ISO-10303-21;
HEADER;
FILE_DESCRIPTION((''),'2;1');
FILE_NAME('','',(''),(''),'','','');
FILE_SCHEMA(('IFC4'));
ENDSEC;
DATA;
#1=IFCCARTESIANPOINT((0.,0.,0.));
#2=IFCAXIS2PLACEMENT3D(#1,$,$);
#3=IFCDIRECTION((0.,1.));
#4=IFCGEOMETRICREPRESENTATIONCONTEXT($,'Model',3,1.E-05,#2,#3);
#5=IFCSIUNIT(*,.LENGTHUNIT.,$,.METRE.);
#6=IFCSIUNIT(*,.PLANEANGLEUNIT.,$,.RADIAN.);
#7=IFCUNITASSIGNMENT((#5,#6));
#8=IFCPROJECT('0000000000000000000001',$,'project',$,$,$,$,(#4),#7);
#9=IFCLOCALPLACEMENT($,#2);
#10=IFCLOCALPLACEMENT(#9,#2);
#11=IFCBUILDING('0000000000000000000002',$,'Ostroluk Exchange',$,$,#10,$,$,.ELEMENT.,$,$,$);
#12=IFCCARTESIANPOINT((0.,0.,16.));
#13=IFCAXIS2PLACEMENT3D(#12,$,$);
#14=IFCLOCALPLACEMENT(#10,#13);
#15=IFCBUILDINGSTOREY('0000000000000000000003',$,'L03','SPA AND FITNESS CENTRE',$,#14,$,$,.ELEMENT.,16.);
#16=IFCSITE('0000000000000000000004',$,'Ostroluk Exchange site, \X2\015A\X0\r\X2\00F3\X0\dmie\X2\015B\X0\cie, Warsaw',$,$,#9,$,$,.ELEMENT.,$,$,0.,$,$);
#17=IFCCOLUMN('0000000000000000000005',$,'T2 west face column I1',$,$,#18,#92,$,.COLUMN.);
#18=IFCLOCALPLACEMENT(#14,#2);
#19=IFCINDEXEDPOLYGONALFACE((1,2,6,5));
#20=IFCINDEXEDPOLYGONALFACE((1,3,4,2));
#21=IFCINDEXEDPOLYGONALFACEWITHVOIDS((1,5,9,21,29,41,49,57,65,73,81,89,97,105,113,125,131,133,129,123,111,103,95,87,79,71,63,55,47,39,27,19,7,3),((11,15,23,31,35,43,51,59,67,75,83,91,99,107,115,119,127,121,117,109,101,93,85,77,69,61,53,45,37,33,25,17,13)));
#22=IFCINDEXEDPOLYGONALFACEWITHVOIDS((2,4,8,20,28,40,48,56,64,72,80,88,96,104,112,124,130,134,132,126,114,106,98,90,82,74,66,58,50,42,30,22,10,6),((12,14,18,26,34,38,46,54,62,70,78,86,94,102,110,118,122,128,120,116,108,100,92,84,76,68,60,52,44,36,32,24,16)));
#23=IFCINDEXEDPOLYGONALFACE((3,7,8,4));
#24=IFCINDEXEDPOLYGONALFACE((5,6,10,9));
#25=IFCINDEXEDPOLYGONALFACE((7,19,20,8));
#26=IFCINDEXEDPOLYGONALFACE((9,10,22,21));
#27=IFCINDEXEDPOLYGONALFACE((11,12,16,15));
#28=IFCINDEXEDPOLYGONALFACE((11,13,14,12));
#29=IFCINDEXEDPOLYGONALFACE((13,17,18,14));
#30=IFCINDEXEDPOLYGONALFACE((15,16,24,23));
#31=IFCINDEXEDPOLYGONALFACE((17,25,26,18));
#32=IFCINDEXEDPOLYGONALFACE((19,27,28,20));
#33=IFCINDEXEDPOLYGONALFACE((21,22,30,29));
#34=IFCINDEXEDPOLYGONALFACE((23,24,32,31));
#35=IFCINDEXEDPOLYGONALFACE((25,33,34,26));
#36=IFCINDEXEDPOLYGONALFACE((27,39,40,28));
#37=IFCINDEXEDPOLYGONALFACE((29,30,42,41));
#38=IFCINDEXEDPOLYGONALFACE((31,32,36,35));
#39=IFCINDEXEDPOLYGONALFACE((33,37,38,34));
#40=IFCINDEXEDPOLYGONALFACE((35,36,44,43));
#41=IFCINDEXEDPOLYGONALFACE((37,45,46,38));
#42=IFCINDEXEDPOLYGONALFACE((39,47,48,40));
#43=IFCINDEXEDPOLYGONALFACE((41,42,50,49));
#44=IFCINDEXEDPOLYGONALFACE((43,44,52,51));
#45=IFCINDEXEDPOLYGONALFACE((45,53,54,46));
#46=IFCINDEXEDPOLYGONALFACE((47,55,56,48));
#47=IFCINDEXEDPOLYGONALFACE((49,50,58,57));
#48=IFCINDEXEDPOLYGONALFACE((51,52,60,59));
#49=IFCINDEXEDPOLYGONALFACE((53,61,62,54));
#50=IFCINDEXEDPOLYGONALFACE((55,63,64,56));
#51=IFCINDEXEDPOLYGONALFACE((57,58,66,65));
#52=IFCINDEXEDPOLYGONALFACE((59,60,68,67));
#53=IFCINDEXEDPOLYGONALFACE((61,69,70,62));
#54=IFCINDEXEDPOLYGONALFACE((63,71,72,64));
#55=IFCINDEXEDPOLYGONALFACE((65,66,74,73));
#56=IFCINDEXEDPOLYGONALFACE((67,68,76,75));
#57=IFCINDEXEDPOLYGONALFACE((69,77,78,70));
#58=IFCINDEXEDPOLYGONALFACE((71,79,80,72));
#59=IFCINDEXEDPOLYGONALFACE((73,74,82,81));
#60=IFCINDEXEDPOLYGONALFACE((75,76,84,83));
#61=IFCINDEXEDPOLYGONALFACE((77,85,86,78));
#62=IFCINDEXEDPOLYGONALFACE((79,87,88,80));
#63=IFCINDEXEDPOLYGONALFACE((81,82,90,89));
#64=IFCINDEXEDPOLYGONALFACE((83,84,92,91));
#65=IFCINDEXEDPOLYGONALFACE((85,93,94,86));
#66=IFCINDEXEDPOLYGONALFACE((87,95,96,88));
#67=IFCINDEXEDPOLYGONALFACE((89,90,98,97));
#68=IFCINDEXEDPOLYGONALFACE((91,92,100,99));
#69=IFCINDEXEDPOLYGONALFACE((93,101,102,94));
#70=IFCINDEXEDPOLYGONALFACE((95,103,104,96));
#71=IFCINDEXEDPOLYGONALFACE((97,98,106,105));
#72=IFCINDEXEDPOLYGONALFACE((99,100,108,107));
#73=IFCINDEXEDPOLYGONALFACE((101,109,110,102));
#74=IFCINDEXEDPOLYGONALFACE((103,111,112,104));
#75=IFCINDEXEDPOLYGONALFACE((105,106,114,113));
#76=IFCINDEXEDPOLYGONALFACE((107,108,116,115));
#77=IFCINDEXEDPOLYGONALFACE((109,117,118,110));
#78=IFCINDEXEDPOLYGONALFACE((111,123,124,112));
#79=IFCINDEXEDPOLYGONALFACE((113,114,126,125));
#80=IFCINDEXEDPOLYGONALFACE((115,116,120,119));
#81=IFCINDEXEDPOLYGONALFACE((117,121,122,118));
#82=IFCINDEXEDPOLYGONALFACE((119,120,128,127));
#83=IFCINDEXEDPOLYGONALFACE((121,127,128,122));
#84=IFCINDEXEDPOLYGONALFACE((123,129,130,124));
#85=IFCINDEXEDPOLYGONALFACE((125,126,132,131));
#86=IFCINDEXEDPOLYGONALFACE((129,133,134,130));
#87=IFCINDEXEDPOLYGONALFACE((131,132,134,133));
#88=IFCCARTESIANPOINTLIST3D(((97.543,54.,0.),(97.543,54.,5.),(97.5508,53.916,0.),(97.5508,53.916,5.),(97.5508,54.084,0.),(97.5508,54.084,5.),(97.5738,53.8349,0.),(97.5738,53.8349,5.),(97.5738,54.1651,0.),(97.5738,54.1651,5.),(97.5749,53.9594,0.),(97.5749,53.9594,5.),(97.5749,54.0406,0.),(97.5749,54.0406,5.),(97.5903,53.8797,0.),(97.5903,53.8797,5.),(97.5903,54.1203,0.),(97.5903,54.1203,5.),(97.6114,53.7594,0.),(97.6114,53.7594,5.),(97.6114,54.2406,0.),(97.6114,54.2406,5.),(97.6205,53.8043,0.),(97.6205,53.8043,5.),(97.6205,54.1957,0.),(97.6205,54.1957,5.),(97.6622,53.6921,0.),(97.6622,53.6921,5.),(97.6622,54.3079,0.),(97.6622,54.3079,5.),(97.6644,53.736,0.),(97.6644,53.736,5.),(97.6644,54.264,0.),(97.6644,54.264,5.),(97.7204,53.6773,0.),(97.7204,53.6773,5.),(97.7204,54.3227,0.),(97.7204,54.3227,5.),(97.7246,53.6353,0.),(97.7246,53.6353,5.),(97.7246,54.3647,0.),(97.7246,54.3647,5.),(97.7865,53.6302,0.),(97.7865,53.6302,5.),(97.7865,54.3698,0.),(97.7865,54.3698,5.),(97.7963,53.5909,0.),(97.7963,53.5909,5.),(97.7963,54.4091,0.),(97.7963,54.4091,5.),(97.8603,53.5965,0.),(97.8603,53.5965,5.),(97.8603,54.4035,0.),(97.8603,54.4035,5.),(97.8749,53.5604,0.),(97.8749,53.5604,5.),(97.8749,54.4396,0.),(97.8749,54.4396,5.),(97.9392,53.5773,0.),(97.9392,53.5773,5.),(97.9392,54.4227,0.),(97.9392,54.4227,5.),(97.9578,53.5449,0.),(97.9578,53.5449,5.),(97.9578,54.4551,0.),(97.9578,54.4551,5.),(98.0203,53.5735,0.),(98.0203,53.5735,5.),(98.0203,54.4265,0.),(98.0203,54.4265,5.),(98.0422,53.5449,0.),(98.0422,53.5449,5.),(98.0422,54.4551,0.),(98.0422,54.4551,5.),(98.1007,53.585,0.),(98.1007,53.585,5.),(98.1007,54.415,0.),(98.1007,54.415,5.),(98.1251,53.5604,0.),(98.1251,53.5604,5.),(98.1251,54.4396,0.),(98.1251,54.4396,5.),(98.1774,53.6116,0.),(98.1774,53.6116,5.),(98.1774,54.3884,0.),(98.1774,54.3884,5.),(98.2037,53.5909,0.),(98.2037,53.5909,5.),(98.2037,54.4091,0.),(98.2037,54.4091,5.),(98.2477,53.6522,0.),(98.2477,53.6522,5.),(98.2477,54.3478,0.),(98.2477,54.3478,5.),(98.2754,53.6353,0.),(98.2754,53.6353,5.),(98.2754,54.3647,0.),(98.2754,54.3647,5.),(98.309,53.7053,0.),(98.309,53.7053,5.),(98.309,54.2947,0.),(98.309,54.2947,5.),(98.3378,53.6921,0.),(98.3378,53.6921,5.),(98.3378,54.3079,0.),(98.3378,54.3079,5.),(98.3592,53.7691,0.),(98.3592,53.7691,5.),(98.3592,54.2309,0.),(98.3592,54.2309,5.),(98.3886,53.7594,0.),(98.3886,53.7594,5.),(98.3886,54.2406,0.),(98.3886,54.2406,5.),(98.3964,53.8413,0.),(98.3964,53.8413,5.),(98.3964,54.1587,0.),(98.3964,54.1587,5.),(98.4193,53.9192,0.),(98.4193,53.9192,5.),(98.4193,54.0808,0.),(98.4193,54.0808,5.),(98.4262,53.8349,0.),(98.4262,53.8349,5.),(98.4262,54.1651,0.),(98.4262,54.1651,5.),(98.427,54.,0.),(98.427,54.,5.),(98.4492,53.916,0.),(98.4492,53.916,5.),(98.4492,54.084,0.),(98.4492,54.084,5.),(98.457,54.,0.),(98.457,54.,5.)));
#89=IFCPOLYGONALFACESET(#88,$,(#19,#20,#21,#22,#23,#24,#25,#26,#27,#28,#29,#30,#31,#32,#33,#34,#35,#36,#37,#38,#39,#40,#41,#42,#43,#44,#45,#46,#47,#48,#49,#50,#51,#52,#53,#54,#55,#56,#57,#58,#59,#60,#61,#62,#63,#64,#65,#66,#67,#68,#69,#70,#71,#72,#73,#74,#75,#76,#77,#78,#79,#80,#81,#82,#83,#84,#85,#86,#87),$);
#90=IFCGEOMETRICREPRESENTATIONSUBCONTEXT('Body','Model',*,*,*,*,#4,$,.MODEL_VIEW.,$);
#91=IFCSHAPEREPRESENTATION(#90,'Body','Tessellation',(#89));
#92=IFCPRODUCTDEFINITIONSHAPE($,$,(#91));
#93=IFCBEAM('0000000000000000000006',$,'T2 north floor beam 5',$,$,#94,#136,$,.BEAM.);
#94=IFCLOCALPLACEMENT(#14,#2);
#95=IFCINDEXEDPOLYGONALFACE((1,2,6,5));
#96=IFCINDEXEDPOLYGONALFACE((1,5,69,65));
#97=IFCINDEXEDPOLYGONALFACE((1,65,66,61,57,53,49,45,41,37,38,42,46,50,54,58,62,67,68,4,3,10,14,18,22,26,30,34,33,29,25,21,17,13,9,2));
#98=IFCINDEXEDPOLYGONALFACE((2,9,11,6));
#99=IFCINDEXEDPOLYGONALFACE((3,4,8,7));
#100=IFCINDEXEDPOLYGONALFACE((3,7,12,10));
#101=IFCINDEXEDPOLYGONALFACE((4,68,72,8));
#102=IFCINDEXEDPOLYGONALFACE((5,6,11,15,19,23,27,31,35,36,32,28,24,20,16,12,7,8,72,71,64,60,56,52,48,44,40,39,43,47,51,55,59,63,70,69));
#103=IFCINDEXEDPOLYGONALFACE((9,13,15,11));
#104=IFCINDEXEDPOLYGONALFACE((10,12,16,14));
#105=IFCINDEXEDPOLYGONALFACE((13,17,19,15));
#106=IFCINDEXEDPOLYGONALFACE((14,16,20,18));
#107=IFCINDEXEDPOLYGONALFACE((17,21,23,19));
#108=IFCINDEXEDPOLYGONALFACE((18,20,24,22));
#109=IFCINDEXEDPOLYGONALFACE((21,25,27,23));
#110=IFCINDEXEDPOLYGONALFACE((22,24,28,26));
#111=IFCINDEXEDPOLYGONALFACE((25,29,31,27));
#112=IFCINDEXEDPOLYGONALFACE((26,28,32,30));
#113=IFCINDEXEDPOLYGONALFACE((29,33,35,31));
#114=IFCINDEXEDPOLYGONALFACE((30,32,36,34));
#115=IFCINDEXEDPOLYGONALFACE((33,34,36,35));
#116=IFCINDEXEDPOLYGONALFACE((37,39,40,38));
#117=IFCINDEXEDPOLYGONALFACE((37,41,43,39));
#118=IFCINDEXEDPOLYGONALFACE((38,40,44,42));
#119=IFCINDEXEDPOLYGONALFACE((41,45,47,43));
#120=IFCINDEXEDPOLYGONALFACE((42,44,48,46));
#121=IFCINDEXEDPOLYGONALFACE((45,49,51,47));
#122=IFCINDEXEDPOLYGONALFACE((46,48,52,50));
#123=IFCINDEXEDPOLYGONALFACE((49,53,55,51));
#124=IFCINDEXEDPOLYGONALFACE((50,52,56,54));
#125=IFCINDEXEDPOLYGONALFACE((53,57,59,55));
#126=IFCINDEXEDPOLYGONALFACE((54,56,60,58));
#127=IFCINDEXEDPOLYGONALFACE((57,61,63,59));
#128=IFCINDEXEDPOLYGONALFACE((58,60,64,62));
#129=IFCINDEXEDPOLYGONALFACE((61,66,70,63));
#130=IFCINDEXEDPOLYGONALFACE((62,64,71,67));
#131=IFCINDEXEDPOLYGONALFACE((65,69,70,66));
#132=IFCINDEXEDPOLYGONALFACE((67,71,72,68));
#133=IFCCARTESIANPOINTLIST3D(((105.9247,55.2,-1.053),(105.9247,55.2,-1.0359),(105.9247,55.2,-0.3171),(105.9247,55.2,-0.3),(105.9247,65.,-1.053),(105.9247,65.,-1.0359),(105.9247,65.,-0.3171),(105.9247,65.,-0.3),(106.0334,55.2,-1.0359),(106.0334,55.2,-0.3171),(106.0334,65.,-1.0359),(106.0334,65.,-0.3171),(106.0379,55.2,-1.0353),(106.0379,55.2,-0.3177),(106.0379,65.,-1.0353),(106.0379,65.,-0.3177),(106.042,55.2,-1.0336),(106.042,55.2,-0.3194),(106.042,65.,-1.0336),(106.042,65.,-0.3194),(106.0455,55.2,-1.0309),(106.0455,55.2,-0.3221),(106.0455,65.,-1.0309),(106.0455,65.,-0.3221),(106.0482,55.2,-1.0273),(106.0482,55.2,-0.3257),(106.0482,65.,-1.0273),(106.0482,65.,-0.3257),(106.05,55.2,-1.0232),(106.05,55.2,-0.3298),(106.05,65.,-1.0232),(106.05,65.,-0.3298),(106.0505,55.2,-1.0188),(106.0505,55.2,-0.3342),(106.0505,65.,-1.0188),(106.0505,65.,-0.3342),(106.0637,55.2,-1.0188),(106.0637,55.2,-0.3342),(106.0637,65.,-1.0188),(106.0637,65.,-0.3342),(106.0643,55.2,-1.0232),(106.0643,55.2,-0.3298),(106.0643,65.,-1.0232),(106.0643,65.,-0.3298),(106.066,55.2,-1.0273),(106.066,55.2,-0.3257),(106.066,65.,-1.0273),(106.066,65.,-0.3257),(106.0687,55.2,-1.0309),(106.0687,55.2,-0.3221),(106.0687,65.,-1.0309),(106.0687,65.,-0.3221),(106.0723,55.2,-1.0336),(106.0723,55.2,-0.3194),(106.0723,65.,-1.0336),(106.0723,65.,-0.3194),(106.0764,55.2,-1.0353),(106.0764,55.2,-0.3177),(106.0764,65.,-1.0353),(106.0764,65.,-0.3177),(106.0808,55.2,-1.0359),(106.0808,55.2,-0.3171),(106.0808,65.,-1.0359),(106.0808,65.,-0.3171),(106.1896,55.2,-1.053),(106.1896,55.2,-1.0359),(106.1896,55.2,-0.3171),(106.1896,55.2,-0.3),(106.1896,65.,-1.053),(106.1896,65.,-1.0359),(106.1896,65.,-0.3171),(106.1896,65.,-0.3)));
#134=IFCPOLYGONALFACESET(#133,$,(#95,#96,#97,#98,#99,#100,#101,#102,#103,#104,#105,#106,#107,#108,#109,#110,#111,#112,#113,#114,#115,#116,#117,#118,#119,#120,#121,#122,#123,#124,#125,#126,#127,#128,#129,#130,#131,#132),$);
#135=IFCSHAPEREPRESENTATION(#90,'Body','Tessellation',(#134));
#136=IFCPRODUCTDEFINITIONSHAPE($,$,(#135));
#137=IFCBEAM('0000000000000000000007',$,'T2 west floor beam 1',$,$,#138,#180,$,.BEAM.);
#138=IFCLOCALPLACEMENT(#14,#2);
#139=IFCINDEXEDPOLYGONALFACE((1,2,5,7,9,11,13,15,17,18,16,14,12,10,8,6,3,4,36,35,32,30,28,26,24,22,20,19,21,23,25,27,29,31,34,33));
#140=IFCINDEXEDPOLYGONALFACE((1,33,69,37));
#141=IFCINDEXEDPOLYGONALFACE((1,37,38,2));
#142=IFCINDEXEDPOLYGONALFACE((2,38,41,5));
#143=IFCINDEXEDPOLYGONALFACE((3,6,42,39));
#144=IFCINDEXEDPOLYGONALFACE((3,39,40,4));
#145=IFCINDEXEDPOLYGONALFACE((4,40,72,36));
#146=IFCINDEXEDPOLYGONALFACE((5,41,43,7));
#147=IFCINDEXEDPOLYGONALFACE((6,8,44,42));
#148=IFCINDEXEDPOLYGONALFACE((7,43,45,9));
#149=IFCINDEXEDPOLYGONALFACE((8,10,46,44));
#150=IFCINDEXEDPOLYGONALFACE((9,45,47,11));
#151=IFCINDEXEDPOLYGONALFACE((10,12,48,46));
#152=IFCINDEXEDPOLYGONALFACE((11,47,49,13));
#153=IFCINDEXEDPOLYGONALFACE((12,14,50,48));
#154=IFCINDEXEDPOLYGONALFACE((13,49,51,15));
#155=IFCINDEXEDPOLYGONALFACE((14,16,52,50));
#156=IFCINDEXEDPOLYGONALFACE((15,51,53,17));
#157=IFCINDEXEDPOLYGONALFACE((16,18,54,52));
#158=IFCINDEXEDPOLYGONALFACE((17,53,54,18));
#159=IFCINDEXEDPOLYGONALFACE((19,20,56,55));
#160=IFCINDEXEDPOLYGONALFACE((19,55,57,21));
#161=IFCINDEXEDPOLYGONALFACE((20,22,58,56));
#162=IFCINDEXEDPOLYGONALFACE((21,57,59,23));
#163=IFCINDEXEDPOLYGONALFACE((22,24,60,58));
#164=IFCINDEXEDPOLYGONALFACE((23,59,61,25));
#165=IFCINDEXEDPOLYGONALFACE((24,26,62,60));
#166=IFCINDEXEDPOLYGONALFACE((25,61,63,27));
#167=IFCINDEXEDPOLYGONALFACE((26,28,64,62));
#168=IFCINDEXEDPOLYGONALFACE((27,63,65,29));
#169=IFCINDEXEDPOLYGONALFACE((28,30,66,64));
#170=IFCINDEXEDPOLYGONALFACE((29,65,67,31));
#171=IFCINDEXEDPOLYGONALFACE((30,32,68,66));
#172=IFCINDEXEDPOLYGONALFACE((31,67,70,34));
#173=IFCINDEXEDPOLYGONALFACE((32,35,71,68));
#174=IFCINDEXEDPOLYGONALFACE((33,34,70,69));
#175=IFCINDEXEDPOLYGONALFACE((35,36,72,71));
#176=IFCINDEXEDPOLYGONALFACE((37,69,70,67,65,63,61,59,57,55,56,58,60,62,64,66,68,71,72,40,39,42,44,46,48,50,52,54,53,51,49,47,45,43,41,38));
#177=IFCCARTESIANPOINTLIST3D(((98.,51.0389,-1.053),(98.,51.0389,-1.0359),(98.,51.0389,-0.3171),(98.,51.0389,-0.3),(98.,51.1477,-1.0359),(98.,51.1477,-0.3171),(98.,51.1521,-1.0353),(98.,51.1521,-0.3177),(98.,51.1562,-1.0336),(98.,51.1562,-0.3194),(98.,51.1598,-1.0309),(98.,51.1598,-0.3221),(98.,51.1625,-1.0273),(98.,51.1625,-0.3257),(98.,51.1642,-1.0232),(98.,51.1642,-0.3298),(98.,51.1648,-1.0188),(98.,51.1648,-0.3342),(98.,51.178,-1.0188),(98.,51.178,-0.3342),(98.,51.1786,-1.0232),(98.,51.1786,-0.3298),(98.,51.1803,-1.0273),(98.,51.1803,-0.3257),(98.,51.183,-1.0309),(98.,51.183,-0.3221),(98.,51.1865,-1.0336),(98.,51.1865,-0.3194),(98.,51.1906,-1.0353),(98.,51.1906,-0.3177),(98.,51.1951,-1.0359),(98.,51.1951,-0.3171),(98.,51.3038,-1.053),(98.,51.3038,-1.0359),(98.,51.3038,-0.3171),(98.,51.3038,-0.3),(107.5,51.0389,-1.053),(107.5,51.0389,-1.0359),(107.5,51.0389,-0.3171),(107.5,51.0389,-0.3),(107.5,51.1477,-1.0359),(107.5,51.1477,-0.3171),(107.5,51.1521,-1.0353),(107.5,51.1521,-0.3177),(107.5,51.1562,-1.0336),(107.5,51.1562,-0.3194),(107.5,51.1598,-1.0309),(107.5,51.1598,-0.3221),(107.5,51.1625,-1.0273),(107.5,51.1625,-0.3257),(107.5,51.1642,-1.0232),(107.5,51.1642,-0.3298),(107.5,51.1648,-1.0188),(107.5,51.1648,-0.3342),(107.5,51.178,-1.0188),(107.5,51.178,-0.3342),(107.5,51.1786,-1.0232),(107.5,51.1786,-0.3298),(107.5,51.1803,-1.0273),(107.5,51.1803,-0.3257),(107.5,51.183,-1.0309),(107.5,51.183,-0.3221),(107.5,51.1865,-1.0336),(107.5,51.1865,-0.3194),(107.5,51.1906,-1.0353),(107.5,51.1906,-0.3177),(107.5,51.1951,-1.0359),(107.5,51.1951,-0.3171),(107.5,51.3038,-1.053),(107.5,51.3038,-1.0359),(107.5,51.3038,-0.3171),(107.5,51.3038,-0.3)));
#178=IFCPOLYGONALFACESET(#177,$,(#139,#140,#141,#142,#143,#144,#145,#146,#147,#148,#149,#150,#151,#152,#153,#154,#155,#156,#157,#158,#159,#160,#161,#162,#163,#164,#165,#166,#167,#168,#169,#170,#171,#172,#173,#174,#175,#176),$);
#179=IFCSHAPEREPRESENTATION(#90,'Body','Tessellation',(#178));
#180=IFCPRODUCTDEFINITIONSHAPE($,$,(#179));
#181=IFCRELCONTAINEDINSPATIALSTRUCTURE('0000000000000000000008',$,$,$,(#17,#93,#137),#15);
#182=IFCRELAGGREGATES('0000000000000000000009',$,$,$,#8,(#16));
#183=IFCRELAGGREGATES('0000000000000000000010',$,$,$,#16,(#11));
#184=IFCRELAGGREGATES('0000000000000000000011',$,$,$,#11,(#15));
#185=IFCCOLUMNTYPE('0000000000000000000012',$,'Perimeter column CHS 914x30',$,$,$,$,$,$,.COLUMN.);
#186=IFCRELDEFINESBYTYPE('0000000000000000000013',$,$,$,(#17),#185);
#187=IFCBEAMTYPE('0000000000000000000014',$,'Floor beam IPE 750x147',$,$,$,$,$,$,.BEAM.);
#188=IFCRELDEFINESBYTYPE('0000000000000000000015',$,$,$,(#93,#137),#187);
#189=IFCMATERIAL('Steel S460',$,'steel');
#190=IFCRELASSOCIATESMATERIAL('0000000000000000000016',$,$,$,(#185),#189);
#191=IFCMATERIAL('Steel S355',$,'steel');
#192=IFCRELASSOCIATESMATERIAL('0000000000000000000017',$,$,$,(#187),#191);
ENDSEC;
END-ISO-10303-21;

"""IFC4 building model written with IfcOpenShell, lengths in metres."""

from ifc_helpers import new_model, si_unit, direction, frame, origin, origin_2d, place, context, subcontext, project, spatial, hollow_circle, i_section, extrude, material, material_profile, profile_set, type_object, element, save


model = new_model("IFC4")

# Units and contexts
model_context = context("Model", 3, precision=1e-05, world=origin(), true_north=direction((0.0, 1.0)))
body_context = subcontext(model_context, "Body", "Model", "MODEL_VIEW")
ifc_project = project(units=[si_unit("LENGTHUNIT", "METRE"), si_unit("PLANEANGLEUNIT", "RADIAN")], contexts=[model_context])

# Site, building, storey
site_placement = place(None, origin())
site = spatial("IfcSite", under=ifc_project, at=site_placement, Name="Ostroluk Exchange site, Śródmieście, Warsaw", CompositionType="ELEMENT", RefElevation=0.0)
building_placement = place(site_placement, origin())
building = spatial("IfcBuilding", under=site, at=building_placement, Name="Ostroluk Exchange", CompositionType="ELEMENT")
storey_placement = place(building_placement, frame((0.0, 0.0, 16.0)))
storey = spatial("IfcBuildingStorey", under=building, at=storey_placement, Name="L03", Description="SPA AND FITNESS CENTRE", CompositionType="ELEMENT", Elevation=16.0)

# Column
ifc_material_1 = material(Name="Steel S460", Category="steel")
ifc_material_profile_1 = material_profile(ifc_material_1, hollow_circle(Radius=0.457, WallThickness=0.03, at=origin_2d()), Name="CHS 914x30")
ifc_profile_set_1 = profile_set([ifc_material_profile_1], Name="Steel S460")
column_type = type_object("IfcColumnType", Name="Perimeter column CHS 914x30", PredefinedType="COLUMN", material=ifc_profile_set_1)
column_placement = place(storey_placement, frame((98.0, 54.0, 0.0), z_axis=(0.0, 0.0, 1.0), x_axis=(1.0, 0.0, 0.0)))
element("IfcColumn", 1, at=column_placement, inside=storey, type_object=column_type, Name="T2 west face column I1", PredefinedType="COLUMN", context=body_context, shape_type="SweptSolid", body=[
    extrude(hollow_circle(Radius=0.457, WallThickness=0.03, at=origin_2d()), origin(), (0.0, 0.0, 1.0), 5.0),
])

# Beams
ifc_material_2 = material(Name="Steel S355", Category="steel")
ifc_material_profile_2 = material_profile(ifc_material_2, i_section(OverallWidth=0.2649, OverallDepth=0.7529, WebThickness=0.0132, FlangeThickness=0.0171, FilletRadius=0.0171, at=origin_2d()), Name="IPE 750x147")
ifc_profile_set_2 = profile_set([ifc_material_profile_2], Name="Steel S355")
beam_type_1 = type_object("IfcBeamType", Name="Floor beam IPE 750x147", PredefinedType="BEAM", material=ifc_profile_set_2)
beam_1_placement = place(storey_placement, frame((106.0571, 55.2, -0.6765), z_axis=(0.0, 1.0, 0.0), x_axis=(-1.0, 0.0, 0.0)))
element("IfcBeam", 2, at=beam_1_placement, inside=storey, type_object=beam_type_1, Name="T2 north floor beam 5", PredefinedType="BEAM", context=body_context, shape_type="SweptSolid", body=[
    extrude(i_section(OverallWidth=0.2649, OverallDepth=0.7529, WebThickness=0.0132, FlangeThickness=0.0171, FilletRadius=0.0171, at=origin_2d()), origin(), (0.0, 0.0, 1.0), 9.8),
])
for number, where, z_axis, x_axis, name in (
    (3, (107.5, 51.1714, -0.6765), (-1.0, 0.0, 0.0), (0.0, -1.0, 0.0), "T2 west floor beam 1"),
):
    element("IfcBeam", number, at=place(storey_placement, frame(where, z_axis=z_axis, x_axis=x_axis)), inside=storey, type_object=beam_type_1, Name=name, PredefinedType="BEAM", context=body_context, shape_type="SweptSolid", body=[
        extrude(i_section(OverallWidth=0.2649, OverallDepth=0.7529, WebThickness=0.0132, FlangeThickness=0.0171, FilletRadius=0.0171, at=origin_2d()), origin(), (0.0, 0.0, 1.0), 9.5),
    ])

save(model, "model.ifc")
